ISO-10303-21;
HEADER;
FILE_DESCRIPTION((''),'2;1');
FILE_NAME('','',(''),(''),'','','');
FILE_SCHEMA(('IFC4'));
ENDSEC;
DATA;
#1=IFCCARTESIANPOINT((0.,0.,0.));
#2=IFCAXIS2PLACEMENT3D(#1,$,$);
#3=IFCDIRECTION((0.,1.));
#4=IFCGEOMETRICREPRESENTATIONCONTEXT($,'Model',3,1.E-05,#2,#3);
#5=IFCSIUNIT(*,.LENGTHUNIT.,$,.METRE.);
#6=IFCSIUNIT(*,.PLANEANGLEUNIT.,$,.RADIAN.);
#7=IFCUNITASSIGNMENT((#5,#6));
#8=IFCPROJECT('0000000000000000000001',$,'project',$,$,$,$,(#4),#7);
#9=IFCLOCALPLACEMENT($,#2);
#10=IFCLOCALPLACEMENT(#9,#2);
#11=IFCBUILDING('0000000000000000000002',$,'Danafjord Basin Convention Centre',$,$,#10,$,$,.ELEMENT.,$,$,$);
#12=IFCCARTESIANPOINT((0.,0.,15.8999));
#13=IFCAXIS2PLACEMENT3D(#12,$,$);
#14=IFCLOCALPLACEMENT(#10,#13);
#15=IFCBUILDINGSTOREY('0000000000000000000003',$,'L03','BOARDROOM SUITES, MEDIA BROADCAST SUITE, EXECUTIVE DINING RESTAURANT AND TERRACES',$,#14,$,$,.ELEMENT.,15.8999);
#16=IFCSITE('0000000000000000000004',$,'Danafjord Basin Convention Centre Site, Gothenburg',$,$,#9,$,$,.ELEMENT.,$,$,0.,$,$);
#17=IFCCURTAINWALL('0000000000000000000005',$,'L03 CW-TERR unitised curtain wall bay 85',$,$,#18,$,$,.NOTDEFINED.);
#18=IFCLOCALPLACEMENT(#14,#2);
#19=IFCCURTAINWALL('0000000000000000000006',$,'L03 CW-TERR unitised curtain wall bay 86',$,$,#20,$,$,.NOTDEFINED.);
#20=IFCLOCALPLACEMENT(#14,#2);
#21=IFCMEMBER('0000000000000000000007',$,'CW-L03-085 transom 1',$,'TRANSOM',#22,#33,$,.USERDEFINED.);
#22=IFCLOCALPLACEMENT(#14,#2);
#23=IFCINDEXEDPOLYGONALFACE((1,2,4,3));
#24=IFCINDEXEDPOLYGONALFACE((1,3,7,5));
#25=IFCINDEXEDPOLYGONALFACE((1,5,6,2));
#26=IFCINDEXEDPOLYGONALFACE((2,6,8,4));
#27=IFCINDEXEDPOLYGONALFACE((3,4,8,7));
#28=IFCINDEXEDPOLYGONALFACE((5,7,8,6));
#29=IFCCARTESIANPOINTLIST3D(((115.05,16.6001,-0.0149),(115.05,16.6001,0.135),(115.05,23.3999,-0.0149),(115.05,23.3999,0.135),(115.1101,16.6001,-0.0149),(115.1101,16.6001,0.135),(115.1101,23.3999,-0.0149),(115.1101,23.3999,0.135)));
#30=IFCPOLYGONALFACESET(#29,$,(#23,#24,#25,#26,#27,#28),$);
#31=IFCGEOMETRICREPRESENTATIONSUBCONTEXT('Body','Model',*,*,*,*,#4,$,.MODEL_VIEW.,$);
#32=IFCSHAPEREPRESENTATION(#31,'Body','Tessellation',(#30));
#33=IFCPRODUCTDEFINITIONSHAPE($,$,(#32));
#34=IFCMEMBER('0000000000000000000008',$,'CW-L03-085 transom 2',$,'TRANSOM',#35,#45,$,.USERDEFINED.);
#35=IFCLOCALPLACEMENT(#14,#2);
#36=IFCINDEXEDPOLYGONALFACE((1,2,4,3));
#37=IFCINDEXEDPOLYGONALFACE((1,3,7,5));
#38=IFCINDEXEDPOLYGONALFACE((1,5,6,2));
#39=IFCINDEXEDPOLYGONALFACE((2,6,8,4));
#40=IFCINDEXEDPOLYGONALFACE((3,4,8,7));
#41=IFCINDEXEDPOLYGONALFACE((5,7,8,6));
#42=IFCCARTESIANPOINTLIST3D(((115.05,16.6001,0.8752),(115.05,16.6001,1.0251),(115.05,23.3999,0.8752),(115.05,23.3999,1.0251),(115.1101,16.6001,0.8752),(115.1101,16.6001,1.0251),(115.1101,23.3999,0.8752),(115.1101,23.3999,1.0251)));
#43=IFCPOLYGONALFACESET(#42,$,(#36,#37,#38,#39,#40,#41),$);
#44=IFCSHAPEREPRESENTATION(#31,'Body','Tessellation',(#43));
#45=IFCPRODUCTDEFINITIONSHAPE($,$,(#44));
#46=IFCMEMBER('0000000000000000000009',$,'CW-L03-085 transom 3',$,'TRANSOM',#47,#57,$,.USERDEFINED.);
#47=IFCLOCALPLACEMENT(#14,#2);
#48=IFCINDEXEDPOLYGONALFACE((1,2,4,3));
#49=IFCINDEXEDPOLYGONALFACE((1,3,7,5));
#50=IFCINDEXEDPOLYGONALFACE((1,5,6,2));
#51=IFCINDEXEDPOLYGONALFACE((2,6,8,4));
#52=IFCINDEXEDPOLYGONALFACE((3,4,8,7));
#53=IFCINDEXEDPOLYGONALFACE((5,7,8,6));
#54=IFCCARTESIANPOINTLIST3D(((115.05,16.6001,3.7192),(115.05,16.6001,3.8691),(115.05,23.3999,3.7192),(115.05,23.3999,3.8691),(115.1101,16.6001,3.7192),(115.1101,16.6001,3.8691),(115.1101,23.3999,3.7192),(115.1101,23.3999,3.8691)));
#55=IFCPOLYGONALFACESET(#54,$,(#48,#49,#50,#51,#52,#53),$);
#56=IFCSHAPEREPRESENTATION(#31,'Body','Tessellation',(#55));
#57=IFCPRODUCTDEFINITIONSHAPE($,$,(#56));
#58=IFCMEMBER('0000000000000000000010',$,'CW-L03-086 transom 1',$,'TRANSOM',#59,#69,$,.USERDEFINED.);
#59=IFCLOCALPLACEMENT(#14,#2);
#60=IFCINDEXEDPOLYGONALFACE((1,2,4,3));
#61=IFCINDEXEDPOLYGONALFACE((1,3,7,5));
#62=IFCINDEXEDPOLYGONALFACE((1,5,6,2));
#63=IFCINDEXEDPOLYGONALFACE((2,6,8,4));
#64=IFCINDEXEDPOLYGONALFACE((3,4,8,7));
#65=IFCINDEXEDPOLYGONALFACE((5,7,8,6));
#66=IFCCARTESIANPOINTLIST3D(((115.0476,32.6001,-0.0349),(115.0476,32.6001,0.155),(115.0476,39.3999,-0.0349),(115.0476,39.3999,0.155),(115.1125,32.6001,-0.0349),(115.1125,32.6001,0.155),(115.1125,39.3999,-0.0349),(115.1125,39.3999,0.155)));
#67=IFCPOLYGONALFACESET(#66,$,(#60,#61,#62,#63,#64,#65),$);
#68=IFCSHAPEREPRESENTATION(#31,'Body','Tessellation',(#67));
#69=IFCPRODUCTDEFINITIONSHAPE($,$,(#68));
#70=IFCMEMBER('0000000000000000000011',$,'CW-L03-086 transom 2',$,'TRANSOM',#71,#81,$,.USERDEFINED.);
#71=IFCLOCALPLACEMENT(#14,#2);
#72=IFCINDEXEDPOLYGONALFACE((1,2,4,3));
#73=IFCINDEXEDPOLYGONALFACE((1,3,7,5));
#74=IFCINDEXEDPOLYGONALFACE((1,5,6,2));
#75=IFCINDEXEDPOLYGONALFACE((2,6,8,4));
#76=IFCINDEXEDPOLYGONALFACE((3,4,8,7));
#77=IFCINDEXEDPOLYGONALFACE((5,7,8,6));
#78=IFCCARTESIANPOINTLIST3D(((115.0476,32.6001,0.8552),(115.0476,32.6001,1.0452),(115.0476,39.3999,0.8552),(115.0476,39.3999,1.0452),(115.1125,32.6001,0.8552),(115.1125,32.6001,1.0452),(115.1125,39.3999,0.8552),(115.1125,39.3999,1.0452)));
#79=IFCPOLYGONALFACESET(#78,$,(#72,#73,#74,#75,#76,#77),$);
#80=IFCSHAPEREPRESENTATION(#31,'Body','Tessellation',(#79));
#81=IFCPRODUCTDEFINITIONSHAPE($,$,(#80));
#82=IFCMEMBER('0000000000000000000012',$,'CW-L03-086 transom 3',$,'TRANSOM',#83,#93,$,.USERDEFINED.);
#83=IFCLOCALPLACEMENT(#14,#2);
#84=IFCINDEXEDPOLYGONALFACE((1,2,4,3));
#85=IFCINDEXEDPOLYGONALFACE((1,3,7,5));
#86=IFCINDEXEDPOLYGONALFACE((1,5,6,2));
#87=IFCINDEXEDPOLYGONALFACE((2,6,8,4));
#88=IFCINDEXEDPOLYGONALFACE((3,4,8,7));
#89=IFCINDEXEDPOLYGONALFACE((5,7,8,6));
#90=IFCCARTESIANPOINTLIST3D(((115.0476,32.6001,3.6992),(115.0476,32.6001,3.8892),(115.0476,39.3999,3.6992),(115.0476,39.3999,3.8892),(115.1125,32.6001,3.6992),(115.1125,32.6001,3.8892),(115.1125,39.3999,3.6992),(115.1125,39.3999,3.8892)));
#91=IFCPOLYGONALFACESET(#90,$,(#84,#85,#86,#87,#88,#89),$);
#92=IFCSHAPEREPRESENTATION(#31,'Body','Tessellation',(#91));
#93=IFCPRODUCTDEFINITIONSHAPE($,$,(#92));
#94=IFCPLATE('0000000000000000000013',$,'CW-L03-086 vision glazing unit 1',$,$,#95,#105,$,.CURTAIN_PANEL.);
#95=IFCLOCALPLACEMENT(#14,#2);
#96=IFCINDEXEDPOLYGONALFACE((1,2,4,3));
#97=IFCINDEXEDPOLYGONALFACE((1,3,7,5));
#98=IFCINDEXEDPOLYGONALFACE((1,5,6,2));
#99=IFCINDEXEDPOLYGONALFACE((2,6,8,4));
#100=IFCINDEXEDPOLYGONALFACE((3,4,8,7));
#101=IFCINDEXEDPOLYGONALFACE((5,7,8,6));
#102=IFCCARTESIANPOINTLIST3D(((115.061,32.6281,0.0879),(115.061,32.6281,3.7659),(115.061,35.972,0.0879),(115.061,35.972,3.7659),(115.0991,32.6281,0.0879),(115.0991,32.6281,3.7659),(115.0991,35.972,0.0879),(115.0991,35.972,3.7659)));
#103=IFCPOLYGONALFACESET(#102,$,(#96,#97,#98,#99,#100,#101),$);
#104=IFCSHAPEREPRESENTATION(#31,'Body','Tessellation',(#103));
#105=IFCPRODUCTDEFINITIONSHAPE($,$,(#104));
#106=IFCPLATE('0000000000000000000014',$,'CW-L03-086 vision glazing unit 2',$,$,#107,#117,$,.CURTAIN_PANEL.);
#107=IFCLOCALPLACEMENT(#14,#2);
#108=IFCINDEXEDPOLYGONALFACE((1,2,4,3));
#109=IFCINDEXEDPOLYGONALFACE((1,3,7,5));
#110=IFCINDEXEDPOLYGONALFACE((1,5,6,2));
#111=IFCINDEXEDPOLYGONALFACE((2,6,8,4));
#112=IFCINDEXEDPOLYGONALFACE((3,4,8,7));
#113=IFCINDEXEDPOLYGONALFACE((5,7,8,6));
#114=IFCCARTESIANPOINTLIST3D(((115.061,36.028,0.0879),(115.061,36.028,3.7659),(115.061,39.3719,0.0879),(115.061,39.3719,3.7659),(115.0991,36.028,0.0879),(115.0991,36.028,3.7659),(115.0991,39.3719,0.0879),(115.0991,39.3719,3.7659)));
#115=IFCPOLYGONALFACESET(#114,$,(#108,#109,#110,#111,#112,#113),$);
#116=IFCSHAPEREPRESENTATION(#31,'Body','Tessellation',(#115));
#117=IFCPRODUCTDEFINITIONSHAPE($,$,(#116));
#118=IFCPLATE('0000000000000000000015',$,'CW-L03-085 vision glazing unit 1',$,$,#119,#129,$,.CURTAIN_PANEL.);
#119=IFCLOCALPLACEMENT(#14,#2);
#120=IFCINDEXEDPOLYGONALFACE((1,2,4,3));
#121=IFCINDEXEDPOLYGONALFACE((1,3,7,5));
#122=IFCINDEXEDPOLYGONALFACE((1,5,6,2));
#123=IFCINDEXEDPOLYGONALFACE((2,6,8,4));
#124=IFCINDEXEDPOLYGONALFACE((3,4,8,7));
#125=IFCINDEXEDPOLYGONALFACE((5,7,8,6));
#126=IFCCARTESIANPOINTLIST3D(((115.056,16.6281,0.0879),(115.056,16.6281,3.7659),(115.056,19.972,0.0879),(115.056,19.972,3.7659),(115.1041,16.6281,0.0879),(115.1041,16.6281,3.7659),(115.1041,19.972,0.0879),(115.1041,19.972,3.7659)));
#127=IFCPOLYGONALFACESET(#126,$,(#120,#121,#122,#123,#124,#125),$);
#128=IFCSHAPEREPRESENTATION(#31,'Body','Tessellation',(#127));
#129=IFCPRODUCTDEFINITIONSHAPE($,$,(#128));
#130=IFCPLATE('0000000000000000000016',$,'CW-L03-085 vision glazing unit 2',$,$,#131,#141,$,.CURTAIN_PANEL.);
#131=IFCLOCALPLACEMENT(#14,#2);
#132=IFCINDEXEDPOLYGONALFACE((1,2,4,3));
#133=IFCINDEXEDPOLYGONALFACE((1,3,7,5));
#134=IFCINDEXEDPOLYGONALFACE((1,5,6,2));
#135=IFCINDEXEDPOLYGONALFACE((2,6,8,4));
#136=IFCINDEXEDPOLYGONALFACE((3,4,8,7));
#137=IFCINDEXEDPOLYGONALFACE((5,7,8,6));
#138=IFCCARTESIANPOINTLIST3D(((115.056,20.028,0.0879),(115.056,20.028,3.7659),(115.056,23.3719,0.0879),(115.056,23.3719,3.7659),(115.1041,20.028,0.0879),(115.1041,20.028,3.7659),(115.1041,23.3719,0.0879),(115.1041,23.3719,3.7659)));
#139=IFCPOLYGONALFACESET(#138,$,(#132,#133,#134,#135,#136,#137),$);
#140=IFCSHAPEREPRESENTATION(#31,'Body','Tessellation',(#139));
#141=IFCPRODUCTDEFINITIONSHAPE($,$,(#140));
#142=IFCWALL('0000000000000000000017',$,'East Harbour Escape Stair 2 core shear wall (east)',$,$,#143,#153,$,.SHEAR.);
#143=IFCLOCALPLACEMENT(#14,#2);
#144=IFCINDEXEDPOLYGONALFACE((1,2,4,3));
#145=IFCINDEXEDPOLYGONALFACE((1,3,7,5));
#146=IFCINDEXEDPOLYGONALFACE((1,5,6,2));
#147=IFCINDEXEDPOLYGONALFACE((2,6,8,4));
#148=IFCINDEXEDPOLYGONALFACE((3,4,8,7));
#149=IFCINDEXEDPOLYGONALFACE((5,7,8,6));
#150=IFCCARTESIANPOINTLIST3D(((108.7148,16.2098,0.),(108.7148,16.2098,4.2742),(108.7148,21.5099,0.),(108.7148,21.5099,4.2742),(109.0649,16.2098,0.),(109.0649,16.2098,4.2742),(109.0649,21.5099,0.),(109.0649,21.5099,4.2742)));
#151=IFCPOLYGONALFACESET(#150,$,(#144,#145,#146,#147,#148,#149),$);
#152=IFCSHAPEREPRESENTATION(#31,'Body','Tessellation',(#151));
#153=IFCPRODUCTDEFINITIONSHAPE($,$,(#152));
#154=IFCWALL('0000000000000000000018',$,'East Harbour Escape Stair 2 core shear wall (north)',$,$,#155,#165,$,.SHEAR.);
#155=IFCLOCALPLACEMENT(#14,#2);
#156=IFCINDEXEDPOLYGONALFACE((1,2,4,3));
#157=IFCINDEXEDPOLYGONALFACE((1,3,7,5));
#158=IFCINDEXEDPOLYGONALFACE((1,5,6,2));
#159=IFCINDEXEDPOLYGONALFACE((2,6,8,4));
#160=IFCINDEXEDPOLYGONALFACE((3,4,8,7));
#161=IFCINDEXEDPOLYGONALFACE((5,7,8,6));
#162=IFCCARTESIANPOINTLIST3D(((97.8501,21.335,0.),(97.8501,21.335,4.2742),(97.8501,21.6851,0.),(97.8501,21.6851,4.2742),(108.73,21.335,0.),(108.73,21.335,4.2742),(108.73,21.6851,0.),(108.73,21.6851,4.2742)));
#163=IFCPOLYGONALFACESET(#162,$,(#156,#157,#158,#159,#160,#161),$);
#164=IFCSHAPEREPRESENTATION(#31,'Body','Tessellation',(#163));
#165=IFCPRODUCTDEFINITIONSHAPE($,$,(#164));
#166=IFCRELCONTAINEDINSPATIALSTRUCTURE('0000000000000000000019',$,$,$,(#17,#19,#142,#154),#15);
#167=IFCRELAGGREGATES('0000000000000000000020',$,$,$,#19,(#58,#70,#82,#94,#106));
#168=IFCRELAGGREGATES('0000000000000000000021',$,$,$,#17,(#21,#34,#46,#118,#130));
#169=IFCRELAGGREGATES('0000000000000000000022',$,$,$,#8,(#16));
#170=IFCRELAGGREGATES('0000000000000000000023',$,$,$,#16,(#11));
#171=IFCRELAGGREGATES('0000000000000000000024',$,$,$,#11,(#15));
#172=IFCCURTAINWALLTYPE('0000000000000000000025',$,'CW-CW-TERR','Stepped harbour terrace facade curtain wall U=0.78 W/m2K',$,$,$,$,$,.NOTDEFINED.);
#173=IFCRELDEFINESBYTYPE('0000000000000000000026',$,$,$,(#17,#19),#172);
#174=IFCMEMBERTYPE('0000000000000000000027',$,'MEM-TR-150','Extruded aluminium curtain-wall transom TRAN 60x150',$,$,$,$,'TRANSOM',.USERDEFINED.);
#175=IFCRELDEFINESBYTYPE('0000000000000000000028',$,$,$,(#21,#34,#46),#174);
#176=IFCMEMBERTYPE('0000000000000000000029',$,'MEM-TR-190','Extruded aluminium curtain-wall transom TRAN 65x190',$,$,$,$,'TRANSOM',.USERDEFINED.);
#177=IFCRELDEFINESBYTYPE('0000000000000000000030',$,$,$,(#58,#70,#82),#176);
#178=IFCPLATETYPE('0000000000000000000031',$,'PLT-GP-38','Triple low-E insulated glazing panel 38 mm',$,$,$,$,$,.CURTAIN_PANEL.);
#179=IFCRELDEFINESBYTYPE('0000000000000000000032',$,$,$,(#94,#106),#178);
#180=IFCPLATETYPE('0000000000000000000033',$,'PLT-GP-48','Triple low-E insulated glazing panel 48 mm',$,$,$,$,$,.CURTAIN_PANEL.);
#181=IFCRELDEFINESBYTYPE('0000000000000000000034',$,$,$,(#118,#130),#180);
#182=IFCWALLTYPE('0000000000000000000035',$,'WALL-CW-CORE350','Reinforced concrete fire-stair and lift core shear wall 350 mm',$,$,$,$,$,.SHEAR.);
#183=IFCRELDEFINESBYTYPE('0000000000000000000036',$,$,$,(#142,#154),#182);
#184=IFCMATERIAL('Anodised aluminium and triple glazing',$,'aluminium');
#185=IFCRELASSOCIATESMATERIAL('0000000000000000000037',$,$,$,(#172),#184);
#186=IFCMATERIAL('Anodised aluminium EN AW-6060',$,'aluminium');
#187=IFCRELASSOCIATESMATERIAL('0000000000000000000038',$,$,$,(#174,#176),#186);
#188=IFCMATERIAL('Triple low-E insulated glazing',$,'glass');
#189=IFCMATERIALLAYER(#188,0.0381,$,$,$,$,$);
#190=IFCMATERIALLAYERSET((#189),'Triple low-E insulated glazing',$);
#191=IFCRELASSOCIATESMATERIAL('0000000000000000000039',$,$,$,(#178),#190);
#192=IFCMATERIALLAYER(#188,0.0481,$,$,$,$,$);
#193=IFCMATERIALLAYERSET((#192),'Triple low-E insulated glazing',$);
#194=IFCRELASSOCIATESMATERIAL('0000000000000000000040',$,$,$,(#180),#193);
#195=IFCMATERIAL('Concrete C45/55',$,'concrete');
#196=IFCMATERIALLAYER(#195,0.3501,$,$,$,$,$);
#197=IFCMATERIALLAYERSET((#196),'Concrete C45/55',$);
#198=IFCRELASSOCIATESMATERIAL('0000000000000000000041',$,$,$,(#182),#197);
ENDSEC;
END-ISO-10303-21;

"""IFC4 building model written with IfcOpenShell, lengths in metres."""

from ifc_helpers import new_model, si_unit, direction, frame, frame_2d, origin, origin_2d, place, context, subcontext, project, spatial, rectangle, extrude, material, layer, layer_set, material_profile, profile_set, type_object, element, aggregate, save


model = new_model("IFC4")

# Units and contexts
model_context = context("Model", 3, precision=1e-05, world=origin(), true_north=direction((0.0, 1.0)))
body_context = subcontext(model_context, "Body", "Model", "MODEL_VIEW")
ifc_project = project(units=[si_unit("LENGTHUNIT", "METRE"), si_unit("PLANEANGLEUNIT", "RADIAN")], contexts=[model_context])

# Site, building, storey
site_placement = place(None, origin())
site = spatial("IfcSite", under=ifc_project, at=site_placement, Name="Danafjord Basin Convention Centre Site, Gothenburg", CompositionType="ELEMENT", RefElevation=0.0)
building_placement = place(site_placement, origin())
building = spatial("IfcBuilding", under=site, at=building_placement, Name="Danafjord Basin Convention Centre", CompositionType="ELEMENT")
storey_placement = place(building_placement, frame((0.0, 0.0, 15.8999)))
storey = spatial("IfcBuildingStorey", under=building, at=storey_placement, Name="L03", Description="BOARDROOM SUITES, MEDIA BROADCAST SUITE, EXECUTIVE DINING RESTAURANT AND TERRACES", CompositionType="ELEMENT", Elevation=15.8999)

# Curtain walls
ifc_material_1 = material(Name="Anodised aluminium and triple glazing", Category="aluminium")
curtain_wall_type = type_object("IfcCurtainWallType", Name="CW-CW-TERR", Description="Stepped harbour terrace facade curtain wall U=0.78 W/m2K", PredefinedType="NOTDEFINED", material=ifc_material_1)
curtain_wall_1_placement = place(storey_placement, origin())
curtain_wall_1 = element("IfcCurtainWall", 1, at=curtain_wall_1_placement, inside=storey, type_object=curtain_wall_type, Name="L03 CW-TERR unitised curtain wall bay 85", PredefinedType="NOTDEFINED")
ifc_material_2 = material(Name="Anodised aluminium EN AW-6060", Category="aluminium")
curtain_wall_2_placement = place(storey_placement, origin())
curtain_wall_2 = element("IfcCurtainWall", 2, at=curtain_wall_2_placement, inside=storey, type_object=curtain_wall_type, Name="L03 CW-TERR unitised curtain wall bay 86", PredefinedType="NOTDEFINED")

# Members
ifc_material_profile_1 = material_profile(ifc_material_2, rectangle(XDim=0.0601, YDim=0.1499, at=origin_2d()), Name="TRAN 60x150")
ifc_profile_set_1 = profile_set([ifc_material_profile_1], Name="Anodised aluminium EN AW-6060")
member_type_1 = type_object("IfcMemberType", Name="MEM-TR-150", Description="Extruded aluminium curtain-wall transom TRAN 60x150", ElementType="TRANSOM", PredefinedType="USERDEFINED", material=ifc_profile_set_1)
member_1_placement = place(storey_placement, frame((115.0801, 16.6001, 0.0601), z_axis=(0.0, 1.0, 0.0), x_axis=(-1.0, 0.0, 0.0)))
member_1 = element("IfcMember", 3, at=member_1_placement, type_object=member_type_1, Name="CW-L03-085 transom 1", ObjectType="TRANSOM", PredefinedType="USERDEFINED", context=body_context, shape_type="SweptSolid", body=[
    extrude(rectangle(XDim=0.0601, YDim=0.1499, at=origin_2d()), origin(), (0.0, 0.0, 1.0), 6.7998),
])
member_2_placement = place(storey_placement, frame((115.0801, 16.6001, 0.9502), z_axis=(0.0, 1.0, 0.0), x_axis=(-1.0, 0.0, 0.0)))
member_2 = element("IfcMember", 4, at=member_2_placement, type_object=member_type_1, Name="CW-L03-085 transom 2", ObjectType="TRANSOM", PredefinedType="USERDEFINED", context=body_context, shape_type="SweptSolid", body=[
    extrude(rectangle(XDim=0.0601, YDim=0.1499, at=origin_2d()), origin(), (0.0, 0.0, 1.0), 6.7998),
])
member_3_placement = place(storey_placement, frame((115.0801, 16.6001, 3.7942), z_axis=(0.0, 1.0, 0.0), x_axis=(-1.0, 0.0, 0.0)))
member_3 = element("IfcMember", 5, at=member_3_placement, type_object=member_type_1, Name="CW-L03-085 transom 3", ObjectType="TRANSOM", PredefinedType="USERDEFINED", context=body_context, shape_type="SweptSolid", body=[
    extrude(rectangle(XDim=0.0601, YDim=0.1499, at=origin_2d()), origin(), (0.0, 0.0, 1.0), 6.7998),
])
ifc_material_profile_2 = material_profile(ifc_material_2, rectangle(XDim=0.0649, YDim=0.1899, at=origin_2d()), Name="TRAN 65x190")
ifc_profile_set_2 = profile_set([ifc_material_profile_2], Name="Anodised aluminium EN AW-6060")
member_type_2 = type_object("IfcMemberType", Name="MEM-TR-190", Description="Extruded aluminium curtain-wall transom TRAN 65x190", ElementType="TRANSOM", PredefinedType="USERDEFINED", material=ifc_profile_set_2)
member_4_placement = place(storey_placement, frame((115.0801, 32.6001, 0.0601), z_axis=(0.0, 1.0, 0.0), x_axis=(-1.0, 0.0, 0.0)))
member_4 = element("IfcMember", 6, at=member_4_placement, type_object=member_type_2, Name="CW-L03-086 transom 1", ObjectType="TRANSOM", PredefinedType="USERDEFINED", context=body_context, shape_type="SweptSolid", body=[
    extrude(rectangle(XDim=0.0649, YDim=0.1899, at=origin_2d()), origin(), (0.0, 0.0, 1.0), 6.7998),
])
member_5_placement = place(storey_placement, frame((115.0801, 32.6001, 0.9502), z_axis=(0.0, 1.0, 0.0), x_axis=(-1.0, 0.0, 0.0)))
member_5 = element("IfcMember", 7, at=member_5_placement, type_object=member_type_2, Name="CW-L03-086 transom 2", ObjectType="TRANSOM", PredefinedType="USERDEFINED", context=body_context, shape_type="SweptSolid", body=[
    extrude(rectangle(XDim=0.0649, YDim=0.1899, at=origin_2d()), origin(), (0.0, 0.0, 1.0), 6.7998),
])
member_6_placement = place(storey_placement, frame((115.0801, 32.6001, 3.7942), z_axis=(0.0, 1.0, 0.0), x_axis=(-1.0, 0.0, 0.0)))
member_6 = element("IfcMember", 8, at=member_6_placement, type_object=member_type_2, Name="CW-L03-086 transom 3", ObjectType="TRANSOM", PredefinedType="USERDEFINED", context=body_context, shape_type="SweptSolid", body=[
    extrude(rectangle(XDim=0.0649, YDim=0.1899, at=origin_2d()), origin(), (0.0, 0.0, 1.0), 6.7998),
])

# Plates
ifc_material_3 = material(Name="Triple low-E insulated glazing", Category="glass")
ifc_layer_1 = layer(ifc_material_3, 0.0381)
ifc_layer_set_1 = layer_set([ifc_layer_1], Name="Triple low-E insulated glazing")
plate_type_1 = type_object("IfcPlateType", Name="PLT-GP-38", Description="Triple low-E insulated glazing panel 38 mm", PredefinedType="CURTAIN_PANEL", material=ifc_layer_set_1)
plate_1_placement = place(storey_placement, frame((115.0801, 34.3, 0.0879), z_axis=(0.0, 0.0, 1.0), x_axis=(0.0, 1.0, 0.0)))
plate_1 = element("IfcPlate", 9, at=plate_1_placement, type_object=plate_type_1, Name="CW-L03-086 vision glazing unit 1", PredefinedType="CURTAIN_PANEL", context=body_context, shape_type="SweptSolid", body=[
    extrude(rectangle(XDim=3.344, YDim=0.0381, at=origin_2d()), origin(), (0.0, 0.0, 1.0), 3.678),
])
plate_2_placement = place(storey_placement, frame((115.0801, 37.7, 0.0879), z_axis=(0.0, 0.0, 1.0), x_axis=(0.0, 1.0, 0.0)))
plate_2 = element("IfcPlate", 10, at=plate_2_placement, type_object=plate_type_1, Name="CW-L03-086 vision glazing unit 2", PredefinedType="CURTAIN_PANEL", context=body_context, shape_type="SweptSolid", body=[
    extrude(rectangle(XDim=3.344, YDim=0.0381, at=origin_2d()), origin(), (0.0, 0.0, 1.0), 3.678),
])
aggregate(curtain_wall_2, [member_4, member_5, member_6, plate_1, plate_2])
ifc_layer_2 = layer(ifc_material_3, 0.0481)
ifc_layer_set_2 = layer_set([ifc_layer_2], Name="Triple low-E insulated glazing")
plate_type_2 = type_object("IfcPlateType", Name="PLT-GP-48", Description="Triple low-E insulated glazing panel 48 mm", PredefinedType="CURTAIN_PANEL", material=ifc_layer_set_2)
plate_3_placement = place(storey_placement, frame((115.0801, 18.3, 0.0879), z_axis=(0.0, 0.0, 1.0), x_axis=(0.0, 1.0, 0.0)))
plate_3 = element("IfcPlate", 11, at=plate_3_placement, type_object=plate_type_2, Name="CW-L03-085 vision glazing unit 1", PredefinedType="CURTAIN_PANEL", context=body_context, shape_type="SweptSolid", body=[
    extrude(rectangle(XDim=3.344, YDim=0.0481, at=origin_2d()), origin(), (0.0, 0.0, 1.0), 3.678),
])
plate_4_placement = place(storey_placement, frame((115.0801, 21.7, 0.0879), z_axis=(0.0, 0.0, 1.0), x_axis=(0.0, 1.0, 0.0)))
plate_4 = element("IfcPlate", 12, at=plate_4_placement, type_object=plate_type_2, Name="CW-L03-085 vision glazing unit 2", PredefinedType="CURTAIN_PANEL", context=body_context, shape_type="SweptSolid", body=[
    extrude(rectangle(XDim=3.344, YDim=0.0481, at=origin_2d()), origin(), (0.0, 0.0, 1.0), 3.678),
])
aggregate(curtain_wall_1, [member_1, member_2, member_3, plate_3, plate_4])

# Walls
ifc_material_4 = material(Name="Concrete C45/55", Category="concrete")
ifc_layer_3 = layer(ifc_material_4, 0.3501)
ifc_layer_set_3 = layer_set([ifc_layer_3], Name="Concrete C45/55")
wall_type_1 = type_object("IfcWallType", Name="WALL-CW-CORE350", Description="Reinforced concrete fire-stair and lift core shear wall 350 mm", PredefinedType="SHEAR", material=ifc_layer_set_3)
wall_1_placement = place(storey_placement, frame((108.8899, 16.21, 0.0), z_axis=(0.0, 0.0, 1.0), x_axis=(0.0, 1.0, 0.0)))
element("IfcWall", 13, at=wall_1_placement, inside=storey, type_object=wall_type_1, Name="East Harbour Escape Stair 2 core shear wall (east)", PredefinedType="SHEAR", context=body_context, shape_type="SweptSolid", body=[
    extrude(rectangle(XDim=5.3, YDim=0.3501, at=frame_2d((2.6499, 0.0))), origin(), (0.0, 0.0, 1.0), 4.2742),
])
wall_2_placement = place(storey_placement, frame((108.73, 21.51, 0.0), z_axis=(0.0, 0.0, 1.0), x_axis=(-1.0, 0.0, 0.0)))
element("IfcWall", 14, at=wall_2_placement, inside=storey, type_object=wall_type_1, Name="East Harbour Escape Stair 2 core shear wall (north)", PredefinedType="SHEAR", context=body_context, shape_type="SweptSolid", body=[
    extrude(rectangle(XDim=10.8799, YDim=0.3501, at=frame_2d((5.4399, 0.0))), origin(), (0.0, 0.0, 1.0), 4.2742),
])

save(model, "model.ifc")
